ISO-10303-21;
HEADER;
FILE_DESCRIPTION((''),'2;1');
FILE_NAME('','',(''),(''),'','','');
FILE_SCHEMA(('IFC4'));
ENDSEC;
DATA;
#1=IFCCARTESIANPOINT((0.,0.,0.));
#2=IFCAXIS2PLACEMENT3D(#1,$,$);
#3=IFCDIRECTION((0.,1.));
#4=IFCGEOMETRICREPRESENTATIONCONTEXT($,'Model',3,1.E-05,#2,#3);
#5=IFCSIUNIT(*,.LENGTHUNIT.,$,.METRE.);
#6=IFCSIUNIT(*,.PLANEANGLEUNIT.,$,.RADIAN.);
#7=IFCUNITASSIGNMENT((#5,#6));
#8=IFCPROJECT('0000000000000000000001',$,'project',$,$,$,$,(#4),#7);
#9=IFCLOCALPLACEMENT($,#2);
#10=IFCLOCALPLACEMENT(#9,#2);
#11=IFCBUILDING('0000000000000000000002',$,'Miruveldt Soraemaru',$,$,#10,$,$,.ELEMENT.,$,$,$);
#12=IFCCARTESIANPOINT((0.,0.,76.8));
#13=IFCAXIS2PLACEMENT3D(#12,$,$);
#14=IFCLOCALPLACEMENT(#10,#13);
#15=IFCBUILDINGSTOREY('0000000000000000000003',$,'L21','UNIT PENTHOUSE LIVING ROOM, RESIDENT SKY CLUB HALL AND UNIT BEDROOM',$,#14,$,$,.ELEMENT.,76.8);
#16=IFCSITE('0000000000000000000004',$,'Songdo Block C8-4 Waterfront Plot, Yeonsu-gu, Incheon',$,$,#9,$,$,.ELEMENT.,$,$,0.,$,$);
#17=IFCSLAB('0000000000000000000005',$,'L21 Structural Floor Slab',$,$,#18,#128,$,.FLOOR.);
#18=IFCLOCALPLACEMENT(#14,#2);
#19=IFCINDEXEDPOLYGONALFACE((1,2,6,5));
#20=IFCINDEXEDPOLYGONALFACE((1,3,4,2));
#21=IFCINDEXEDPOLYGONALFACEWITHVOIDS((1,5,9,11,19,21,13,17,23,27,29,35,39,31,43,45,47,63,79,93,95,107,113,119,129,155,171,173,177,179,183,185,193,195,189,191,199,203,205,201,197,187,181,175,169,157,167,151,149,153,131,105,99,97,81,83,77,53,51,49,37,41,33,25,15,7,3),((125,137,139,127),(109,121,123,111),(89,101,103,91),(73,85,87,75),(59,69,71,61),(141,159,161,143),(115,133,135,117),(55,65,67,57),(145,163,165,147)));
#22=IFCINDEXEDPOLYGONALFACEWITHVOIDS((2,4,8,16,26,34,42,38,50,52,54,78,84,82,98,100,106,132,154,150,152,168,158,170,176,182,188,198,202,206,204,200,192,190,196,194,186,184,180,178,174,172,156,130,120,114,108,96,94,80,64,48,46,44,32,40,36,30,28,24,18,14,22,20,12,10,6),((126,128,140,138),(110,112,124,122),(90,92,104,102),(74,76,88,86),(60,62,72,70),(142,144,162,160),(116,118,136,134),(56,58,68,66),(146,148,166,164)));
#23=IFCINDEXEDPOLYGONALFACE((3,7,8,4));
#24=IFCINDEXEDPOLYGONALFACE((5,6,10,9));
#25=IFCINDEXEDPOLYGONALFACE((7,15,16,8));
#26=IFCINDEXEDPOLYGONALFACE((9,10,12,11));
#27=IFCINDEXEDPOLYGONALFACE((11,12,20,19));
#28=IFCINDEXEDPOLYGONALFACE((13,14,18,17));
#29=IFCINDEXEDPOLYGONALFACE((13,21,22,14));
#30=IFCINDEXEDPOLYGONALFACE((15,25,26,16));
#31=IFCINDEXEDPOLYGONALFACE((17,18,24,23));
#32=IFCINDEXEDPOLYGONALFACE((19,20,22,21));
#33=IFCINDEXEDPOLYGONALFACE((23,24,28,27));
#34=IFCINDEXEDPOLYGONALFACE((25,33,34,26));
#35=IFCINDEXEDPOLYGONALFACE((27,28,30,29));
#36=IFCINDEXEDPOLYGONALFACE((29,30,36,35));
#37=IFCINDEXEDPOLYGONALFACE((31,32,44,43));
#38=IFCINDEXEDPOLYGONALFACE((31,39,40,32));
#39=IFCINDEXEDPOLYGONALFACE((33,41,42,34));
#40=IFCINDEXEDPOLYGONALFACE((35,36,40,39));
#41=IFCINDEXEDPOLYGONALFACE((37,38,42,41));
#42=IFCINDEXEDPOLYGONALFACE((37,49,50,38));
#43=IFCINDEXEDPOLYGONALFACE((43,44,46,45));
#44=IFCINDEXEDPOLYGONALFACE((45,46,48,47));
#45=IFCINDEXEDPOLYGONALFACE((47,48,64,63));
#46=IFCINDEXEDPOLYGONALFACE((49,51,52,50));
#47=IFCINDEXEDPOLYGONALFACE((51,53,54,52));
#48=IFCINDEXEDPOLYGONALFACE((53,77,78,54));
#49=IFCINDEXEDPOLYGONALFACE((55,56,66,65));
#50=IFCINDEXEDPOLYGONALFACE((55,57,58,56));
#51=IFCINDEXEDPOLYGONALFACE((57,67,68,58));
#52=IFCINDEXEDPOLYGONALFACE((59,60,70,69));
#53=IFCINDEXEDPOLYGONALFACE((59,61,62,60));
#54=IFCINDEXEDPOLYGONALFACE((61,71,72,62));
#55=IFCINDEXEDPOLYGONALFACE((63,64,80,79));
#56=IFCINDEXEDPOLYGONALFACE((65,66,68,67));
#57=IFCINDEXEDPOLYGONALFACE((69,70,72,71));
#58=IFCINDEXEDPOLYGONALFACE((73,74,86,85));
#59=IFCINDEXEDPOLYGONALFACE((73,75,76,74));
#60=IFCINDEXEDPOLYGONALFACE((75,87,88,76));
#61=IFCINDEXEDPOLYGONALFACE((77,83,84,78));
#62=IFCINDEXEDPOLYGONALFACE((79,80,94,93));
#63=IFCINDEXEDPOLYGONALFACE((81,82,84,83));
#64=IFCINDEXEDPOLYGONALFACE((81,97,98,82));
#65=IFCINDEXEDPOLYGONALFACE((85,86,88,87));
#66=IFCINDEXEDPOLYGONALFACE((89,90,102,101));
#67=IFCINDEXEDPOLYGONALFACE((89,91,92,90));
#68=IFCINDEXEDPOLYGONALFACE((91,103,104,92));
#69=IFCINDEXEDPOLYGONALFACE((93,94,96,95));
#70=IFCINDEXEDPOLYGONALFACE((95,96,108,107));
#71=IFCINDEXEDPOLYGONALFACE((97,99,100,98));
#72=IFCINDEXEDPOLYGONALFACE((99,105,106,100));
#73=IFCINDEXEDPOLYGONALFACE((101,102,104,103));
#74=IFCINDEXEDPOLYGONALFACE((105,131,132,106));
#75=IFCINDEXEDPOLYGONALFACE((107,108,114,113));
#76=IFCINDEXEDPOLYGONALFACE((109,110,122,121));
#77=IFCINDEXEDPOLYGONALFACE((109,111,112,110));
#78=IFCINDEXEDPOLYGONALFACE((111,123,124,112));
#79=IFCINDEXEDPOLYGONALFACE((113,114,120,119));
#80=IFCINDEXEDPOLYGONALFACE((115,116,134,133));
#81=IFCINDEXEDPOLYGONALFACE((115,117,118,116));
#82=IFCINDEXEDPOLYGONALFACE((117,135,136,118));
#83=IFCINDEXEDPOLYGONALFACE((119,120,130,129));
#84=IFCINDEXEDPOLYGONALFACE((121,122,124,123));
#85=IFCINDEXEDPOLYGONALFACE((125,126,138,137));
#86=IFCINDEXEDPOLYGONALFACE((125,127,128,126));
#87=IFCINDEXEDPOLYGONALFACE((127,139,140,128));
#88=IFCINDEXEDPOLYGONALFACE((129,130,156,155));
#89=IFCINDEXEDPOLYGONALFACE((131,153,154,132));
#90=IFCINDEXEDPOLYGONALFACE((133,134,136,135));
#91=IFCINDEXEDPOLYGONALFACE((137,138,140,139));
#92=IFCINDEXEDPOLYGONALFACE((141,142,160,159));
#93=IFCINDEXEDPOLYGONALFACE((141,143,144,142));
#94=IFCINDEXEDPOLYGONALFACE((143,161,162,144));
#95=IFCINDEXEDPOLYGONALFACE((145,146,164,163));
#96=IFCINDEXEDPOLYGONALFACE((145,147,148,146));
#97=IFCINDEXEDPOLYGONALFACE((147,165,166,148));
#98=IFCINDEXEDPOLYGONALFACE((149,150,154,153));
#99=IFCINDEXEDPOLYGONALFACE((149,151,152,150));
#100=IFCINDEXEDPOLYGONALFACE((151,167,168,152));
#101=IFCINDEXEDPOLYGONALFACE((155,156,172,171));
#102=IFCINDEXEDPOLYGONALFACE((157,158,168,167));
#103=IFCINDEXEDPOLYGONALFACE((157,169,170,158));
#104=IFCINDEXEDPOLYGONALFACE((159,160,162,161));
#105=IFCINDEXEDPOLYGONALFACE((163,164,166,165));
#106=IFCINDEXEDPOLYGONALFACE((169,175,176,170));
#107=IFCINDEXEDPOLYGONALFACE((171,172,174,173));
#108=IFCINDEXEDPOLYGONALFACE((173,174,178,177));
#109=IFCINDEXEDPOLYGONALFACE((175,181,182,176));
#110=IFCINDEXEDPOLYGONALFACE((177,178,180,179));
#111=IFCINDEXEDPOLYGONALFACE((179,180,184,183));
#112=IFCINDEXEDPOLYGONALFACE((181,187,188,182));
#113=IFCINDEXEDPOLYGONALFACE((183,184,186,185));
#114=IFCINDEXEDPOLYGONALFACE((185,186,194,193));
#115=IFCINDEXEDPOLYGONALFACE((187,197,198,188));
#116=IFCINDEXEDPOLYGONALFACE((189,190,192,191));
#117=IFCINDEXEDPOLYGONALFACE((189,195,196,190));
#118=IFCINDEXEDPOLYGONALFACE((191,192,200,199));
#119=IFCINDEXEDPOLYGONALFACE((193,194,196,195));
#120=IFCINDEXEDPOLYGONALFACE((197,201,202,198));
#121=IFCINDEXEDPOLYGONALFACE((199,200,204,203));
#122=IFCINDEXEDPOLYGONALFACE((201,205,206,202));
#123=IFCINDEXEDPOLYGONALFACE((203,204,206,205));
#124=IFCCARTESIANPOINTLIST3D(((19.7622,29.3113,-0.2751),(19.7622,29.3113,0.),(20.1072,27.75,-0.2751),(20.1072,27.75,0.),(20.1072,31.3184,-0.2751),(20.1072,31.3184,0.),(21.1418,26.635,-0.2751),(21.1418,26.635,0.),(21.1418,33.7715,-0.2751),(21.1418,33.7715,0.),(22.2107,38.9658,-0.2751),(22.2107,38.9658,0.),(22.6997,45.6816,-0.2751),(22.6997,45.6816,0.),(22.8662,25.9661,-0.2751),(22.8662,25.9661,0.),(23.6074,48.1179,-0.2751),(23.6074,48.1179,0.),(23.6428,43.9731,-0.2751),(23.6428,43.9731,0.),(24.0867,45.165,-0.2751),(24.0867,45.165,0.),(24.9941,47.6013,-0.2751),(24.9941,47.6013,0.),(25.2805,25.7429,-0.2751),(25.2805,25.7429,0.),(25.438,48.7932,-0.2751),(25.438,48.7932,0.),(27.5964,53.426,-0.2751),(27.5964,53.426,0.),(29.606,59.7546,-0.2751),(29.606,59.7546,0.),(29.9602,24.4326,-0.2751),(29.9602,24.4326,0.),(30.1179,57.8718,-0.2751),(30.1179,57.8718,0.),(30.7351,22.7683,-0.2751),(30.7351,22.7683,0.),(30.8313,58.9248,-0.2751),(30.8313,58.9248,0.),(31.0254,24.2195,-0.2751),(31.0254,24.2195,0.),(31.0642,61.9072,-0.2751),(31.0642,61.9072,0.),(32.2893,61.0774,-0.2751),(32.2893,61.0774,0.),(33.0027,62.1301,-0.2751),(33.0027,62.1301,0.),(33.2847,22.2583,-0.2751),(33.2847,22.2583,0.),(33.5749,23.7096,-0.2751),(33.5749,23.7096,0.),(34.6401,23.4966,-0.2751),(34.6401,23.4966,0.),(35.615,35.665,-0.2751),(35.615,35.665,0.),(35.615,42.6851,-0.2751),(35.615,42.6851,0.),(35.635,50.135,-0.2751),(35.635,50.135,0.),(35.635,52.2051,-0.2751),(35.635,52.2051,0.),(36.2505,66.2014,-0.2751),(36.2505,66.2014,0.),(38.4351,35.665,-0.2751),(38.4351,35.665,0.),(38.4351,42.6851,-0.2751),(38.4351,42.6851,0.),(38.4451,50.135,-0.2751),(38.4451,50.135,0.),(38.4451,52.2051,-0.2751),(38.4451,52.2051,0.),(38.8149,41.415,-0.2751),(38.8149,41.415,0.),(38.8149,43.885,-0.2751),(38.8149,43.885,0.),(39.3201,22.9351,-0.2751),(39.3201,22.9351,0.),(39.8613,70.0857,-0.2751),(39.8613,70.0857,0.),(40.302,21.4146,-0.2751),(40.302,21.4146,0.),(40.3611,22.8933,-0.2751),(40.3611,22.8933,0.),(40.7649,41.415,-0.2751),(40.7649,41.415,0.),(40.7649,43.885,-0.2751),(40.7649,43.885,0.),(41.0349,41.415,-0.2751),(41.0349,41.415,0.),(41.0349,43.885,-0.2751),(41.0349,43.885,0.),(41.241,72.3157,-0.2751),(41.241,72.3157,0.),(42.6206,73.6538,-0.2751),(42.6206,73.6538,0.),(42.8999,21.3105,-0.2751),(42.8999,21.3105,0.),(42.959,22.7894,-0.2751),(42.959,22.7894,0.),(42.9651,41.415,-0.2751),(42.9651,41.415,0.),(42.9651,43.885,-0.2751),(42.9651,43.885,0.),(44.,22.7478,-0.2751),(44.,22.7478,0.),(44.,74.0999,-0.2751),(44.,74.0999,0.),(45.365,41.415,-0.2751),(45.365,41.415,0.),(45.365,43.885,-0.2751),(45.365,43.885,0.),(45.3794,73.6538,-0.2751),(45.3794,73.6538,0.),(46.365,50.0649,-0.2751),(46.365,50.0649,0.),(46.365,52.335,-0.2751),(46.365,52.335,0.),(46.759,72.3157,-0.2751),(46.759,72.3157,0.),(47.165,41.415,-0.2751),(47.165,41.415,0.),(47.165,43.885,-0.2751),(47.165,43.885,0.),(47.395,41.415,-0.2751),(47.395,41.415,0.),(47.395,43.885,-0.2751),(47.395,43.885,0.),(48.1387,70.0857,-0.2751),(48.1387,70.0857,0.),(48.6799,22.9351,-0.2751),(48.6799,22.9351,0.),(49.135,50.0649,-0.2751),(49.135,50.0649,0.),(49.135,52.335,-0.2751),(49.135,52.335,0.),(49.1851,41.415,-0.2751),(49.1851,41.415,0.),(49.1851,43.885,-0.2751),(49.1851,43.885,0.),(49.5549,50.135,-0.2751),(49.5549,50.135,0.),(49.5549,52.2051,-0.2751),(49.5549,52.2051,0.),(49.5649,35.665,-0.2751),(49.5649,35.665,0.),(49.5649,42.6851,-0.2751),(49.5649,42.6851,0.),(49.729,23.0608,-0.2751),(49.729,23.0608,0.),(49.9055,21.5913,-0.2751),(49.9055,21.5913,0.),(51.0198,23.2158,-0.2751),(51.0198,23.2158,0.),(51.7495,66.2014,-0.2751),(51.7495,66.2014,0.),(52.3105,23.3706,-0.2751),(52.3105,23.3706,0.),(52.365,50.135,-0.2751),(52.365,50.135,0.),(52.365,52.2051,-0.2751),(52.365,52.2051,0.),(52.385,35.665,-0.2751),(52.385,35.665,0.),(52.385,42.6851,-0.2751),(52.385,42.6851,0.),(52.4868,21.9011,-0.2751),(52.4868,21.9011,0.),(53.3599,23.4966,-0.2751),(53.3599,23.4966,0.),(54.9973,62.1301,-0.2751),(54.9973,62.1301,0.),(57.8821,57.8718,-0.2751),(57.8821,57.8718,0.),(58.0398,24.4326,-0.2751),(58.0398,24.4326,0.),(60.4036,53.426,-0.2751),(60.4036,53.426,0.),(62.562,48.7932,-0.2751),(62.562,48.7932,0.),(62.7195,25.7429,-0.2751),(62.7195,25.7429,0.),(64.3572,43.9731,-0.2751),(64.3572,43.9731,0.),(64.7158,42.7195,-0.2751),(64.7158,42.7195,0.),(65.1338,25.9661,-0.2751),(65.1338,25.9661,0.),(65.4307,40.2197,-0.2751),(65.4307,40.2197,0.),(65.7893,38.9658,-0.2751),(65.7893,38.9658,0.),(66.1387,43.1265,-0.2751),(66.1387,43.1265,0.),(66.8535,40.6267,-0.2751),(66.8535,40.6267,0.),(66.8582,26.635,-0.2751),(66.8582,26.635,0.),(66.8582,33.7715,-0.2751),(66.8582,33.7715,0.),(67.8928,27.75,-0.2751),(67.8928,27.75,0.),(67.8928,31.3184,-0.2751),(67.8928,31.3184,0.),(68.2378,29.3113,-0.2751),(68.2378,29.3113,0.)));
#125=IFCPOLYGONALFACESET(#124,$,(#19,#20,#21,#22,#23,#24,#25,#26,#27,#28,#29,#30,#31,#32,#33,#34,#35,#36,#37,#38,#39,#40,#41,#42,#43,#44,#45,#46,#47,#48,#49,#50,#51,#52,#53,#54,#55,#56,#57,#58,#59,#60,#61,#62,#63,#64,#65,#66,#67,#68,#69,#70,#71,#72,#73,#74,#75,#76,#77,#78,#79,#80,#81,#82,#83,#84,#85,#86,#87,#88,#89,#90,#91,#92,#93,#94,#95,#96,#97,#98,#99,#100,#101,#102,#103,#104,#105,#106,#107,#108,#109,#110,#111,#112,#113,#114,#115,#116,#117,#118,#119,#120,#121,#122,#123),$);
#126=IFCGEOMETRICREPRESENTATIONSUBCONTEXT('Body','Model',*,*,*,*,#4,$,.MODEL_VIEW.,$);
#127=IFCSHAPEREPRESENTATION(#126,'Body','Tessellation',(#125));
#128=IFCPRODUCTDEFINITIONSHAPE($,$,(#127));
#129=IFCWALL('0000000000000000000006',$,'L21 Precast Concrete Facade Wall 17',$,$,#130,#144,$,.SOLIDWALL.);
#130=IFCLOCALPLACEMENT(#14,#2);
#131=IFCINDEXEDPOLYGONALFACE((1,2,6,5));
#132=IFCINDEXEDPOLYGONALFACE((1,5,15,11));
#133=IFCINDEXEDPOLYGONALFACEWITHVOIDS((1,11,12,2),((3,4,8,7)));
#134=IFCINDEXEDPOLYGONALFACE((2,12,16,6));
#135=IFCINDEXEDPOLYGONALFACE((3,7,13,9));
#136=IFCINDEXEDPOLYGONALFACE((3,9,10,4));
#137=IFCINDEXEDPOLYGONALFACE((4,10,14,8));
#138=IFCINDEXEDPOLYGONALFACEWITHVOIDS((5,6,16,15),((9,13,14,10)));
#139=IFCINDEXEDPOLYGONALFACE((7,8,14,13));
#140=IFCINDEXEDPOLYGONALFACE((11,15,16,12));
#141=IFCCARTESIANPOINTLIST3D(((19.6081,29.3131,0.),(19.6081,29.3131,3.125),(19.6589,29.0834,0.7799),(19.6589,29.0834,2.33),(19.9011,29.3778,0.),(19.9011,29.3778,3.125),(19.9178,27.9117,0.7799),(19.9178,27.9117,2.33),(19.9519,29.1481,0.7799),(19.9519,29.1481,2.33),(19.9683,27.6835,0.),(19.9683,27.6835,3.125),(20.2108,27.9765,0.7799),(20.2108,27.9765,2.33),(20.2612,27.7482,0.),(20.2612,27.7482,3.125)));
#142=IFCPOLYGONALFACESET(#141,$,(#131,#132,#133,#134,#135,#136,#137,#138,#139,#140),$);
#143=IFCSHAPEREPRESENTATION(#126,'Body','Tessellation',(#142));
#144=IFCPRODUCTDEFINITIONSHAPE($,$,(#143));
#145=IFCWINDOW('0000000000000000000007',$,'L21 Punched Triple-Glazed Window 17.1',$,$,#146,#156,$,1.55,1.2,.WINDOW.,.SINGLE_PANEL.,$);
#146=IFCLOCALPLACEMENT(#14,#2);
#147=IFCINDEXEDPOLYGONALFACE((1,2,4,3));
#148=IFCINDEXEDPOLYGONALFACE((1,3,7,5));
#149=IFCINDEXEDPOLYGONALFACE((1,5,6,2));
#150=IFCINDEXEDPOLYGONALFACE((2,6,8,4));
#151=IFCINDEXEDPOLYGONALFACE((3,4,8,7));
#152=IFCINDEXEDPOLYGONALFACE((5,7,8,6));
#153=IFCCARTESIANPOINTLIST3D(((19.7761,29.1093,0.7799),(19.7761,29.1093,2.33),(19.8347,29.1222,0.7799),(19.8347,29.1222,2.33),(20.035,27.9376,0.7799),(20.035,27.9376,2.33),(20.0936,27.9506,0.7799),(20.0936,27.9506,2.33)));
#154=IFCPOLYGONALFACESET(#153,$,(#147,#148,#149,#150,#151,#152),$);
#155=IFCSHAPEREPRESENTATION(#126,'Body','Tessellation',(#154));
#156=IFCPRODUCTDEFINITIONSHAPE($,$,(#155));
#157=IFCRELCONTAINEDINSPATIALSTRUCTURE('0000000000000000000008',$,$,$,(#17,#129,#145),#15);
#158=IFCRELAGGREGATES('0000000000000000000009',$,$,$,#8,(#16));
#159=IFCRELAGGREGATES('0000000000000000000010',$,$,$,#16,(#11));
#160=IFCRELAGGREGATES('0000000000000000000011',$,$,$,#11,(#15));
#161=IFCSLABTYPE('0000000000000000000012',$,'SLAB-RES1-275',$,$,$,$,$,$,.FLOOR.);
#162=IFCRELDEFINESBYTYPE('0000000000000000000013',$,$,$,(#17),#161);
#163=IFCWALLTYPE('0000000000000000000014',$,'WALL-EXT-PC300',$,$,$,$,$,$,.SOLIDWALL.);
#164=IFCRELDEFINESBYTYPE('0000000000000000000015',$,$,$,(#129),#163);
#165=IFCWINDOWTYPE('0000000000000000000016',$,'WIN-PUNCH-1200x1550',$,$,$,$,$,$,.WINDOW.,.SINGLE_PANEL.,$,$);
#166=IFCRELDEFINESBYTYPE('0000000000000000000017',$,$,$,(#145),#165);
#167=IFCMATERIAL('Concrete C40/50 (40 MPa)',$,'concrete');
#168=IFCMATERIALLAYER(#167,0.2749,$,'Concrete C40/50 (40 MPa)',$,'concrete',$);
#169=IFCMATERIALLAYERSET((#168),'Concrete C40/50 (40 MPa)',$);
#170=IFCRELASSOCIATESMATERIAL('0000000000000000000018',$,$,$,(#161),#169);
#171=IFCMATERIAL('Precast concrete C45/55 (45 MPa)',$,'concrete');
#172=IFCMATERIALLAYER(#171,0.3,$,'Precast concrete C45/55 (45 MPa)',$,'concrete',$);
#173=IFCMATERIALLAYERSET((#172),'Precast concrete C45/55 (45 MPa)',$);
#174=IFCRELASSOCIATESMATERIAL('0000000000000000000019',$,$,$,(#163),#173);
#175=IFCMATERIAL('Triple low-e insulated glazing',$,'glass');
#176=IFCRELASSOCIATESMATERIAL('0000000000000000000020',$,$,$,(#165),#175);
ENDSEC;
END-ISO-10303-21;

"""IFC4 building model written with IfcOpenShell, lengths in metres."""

from ifc_helpers import new_model, si_unit, direction, frame, frame_2d, origin, place, context, subcontext, project, spatial, polyline, rectangle, outline, extrude, material, layer, layer_set, type_object, element, fill, save


model = new_model("IFC4")

# Units and contexts
model_context = context("Model", 3, precision=1e-05, world=origin(), true_north=direction((0.0, 1.0)))
body_context = subcontext(model_context, "Body", "Model", "MODEL_VIEW")
ifc_project = project(units=[si_unit("LENGTHUNIT", "METRE"), si_unit("PLANEANGLEUNIT", "RADIAN")], contexts=[model_context])

# Site, building, storey
site_placement = place(None, origin())
site = spatial("IfcSite", under=ifc_project, at=site_placement, Name="Songdo Block C8-4 Waterfront Plot, Yeonsu-gu, Incheon", CompositionType="ELEMENT", RefElevation=0.0)
building_placement = place(site_placement, origin())
building = spatial("IfcBuilding", under=site, at=building_placement, Name="Miruveldt Soraemaru", CompositionType="ELEMENT")
storey_placement = place(building_placement, frame((0.0, 0.0, 76.8)))
storey = spatial("IfcBuildingStorey", under=building, at=storey_placement, Name="L21", Description="UNIT PENTHOUSE LIVING ROOM, RESIDENT SKY CLUB HALL AND UNIT BEDROOM", CompositionType="ELEMENT", Elevation=76.8)

# Shared definitions
ifc_material_1 = material(Name="Concrete C40/50 (40 MPa)", Category="concrete")

# Slab
ifc_layer_1 = layer(ifc_material_1, 0.2749, Name="Concrete C40/50 (40 MPa)", Category="concrete")
ifc_layer_set_1 = layer_set([ifc_layer_1], Name="Concrete C40/50 (40 MPa)")
slab_type_1 = type_object("IfcSlabType", Name="SLAB-RES1-275", PredefinedType="FLOOR", material=ifc_layer_set_1)
slab_1_placement = place(storey_placement, frame((0.0, 0.0, -0.2751)))
element("IfcSlab", 1, at=slab_1_placement, inside=storey, type_object=slab_type_1, Name="L21 Structural Floor Slab", PredefinedType="FLOOR", context=body_context, shape_type="SweptSolid", body=[
    extrude(outline(polyline([(22.6997, 45.6816), (23.6074, 48.1179), (24.9941, 47.6013), (25.438, 48.7932), (27.5964, 53.426), (30.1179, 57.8718), (31.5603, 60.001), (30.8313, 58.9248), (29.606, 59.7546), (31.0642, 61.9072), (32.2893, 61.0774), (33.0027, 62.1301), (36.2505, 66.2014), (39.8613, 70.0857), (41.241, 72.3157), (42.6206, 73.6538), (44.0, 74.0999), (45.3794, 73.6538), (46.759, 72.3157), (48.1387, 70.0857), (51.7495, 66.2014), (54.9973, 62.1301), (57.8821, 57.8718), (60.4036, 53.426), (62.562, 48.7932), (64.3572, 43.9731), (64.7158, 42.7195), (66.1387, 43.1265), (66.8535, 40.6267), (65.4307, 40.2197), (65.7893, 38.9658), (66.8582, 33.7715), (67.8928, 31.3184), (68.2378, 29.3113), (67.8928, 27.75), (66.8582, 26.635), (65.1338, 25.9661), (62.7195, 25.7429), (58.0398, 24.4326), (53.3599, 23.4966), (52.3105, 23.3706), (52.4868, 21.9011), (49.9055, 21.5913), (49.729, 23.0608), (51.0198, 23.2158), (48.6799, 22.9351), (44.0, 22.7478), (41.6602, 22.8413), (42.959, 22.7893), (42.8999, 21.3105), (40.302, 21.4146), (40.3611, 22.8933), (39.3201, 22.9351), (34.6401, 23.4966), (32.3003, 23.9646), (33.575, 23.7097), (33.2847, 22.2583), (30.7351, 22.7683), (31.0254, 24.2195), (29.9602, 24.4326), (25.2805, 25.7429), (22.8662, 25.9661), (21.1418, 26.635), (20.1072, 27.75), (19.7622, 29.3113), (20.1072, 31.3184), (21.1418, 33.7715), (22.2107, 38.9658), (23.6428, 43.9731), (24.0867, 45.165), (22.6997, 45.6816)]), holes=[polyline([(35.615, 35.665), (38.4351, 35.665), (38.4351, 42.6851), (35.615, 42.6851), (35.615, 35.665)]), polyline([(49.5649, 35.665), (52.385, 35.665), (52.385, 42.6851), (49.5649, 42.6851), (49.5649, 35.665)]), polyline([(40.7649, 41.415), (40.7649, 43.885), (38.8149, 43.885), (38.8149, 41.415), (40.7649, 41.415)]), polyline([(42.9651, 41.415), (42.9651, 43.885), (41.0349, 43.885), (41.0349, 41.415), (42.9651, 41.415)]), polyline([(47.165, 41.415), (47.165, 43.885), (45.365, 43.885), (45.365, 41.415), (47.165, 41.415)]), polyline([(49.1851, 41.415), (49.1851, 43.885), (47.395, 43.885), (47.395, 41.415), (49.1851, 41.415)]), polyline([(38.4451, 50.135), (38.4451, 52.2051), (35.635, 52.2051), (35.635, 50.135), (38.4451, 50.135)]), polyline([(49.5549, 50.135), (52.365, 50.135), (52.365, 52.2051), (49.5549, 52.2051), (49.5549, 50.135)]), polyline([(46.365, 50.0649), (49.135, 50.0649), (49.135, 52.335), (46.365, 52.335), (46.365, 50.0649)])]), origin(), (0.0, 0.0, 1.0), 0.2751),
])

# Wall, opening, window
ifc_material_2 = material(Name="Precast concrete C45/55 (45 MPa)", Category="concrete")
ifc_layer_2 = layer(ifc_material_2, 0.3, Name="Precast concrete C45/55 (45 MPa)", Category="concrete")
ifc_layer_set_2 = layer_set([ifc_layer_2], Name="Precast concrete C45/55 (45 MPa)")
wall_type_1 = type_object("IfcWallType", Name="WALL-EXT-PC300", PredefinedType="SOLIDWALL", material=ifc_layer_set_2)
wall_1_placement = place(storey_placement, frame((19.7546, 29.3455, 0.0), z_axis=(0.0, 0.0, 1.0), x_axis=(0.215769, -0.976445, 0.0)))
wall_1 = element("IfcWall", 2, at=wall_1_placement, inside=storey, type_object=wall_type_1, Name="L21 Precast Concrete Facade Wall 17", PredefinedType="SOLIDWALL", context=body_context, shape_type="SweptSolid", body=[
    extrude(rectangle(XDim=1.6689, YDim=0.3, at=frame_2d((0.8345, 0.0))), origin(), (0.0, 0.0, 1.0), 3.125),
])
opening_1_placement = place(wall_1_placement, frame((0.2351, 0.0, 0.78)))
opening_1 = element("IfcOpeningElement", 3, at=opening_1_placement, cuts=wall_1, PredefinedType="OPENING", context=body_context, shape_type="SweptSolid", body=[
    extrude(rectangle(XDim=1.2, YDim=1.55, at=frame_2d((0.6001, 0.7749))), frame((0.0, 0.1602, 0.0), z_axis=(0.0, -1.0, 0.0), x_axis=(1.0, 0.0, 0.0)), (0.0, 0.0, 1.0), 0.3201),
])
ifc_material_3 = material(Name="Triple low-e insulated glazing", Category="glass")
window_type_1 = type_object("IfcWindowType", Name="WIN-PUNCH-1200x1550", PartitioningType="SINGLE_PANEL", PredefinedType="WINDOW", material=ifc_material_3)
window_1_placement = place(opening_1_placement, origin())
window_1 = element("IfcWindow", 4, at=window_1_placement, inside=storey, type_object=window_type_1, Name="L21 Punched Triple-Glazed Window 17.1", OverallHeight=1.55, OverallWidth=1.2, PartitioningType="SINGLE_PANEL", PredefinedType="WINDOW", context=body_context, shape_type="SweptSolid", body=[
    extrude(rectangle(XDim=1.2, YDim=1.55, at=frame_2d((0.6001, 0.7749))), frame((0.0, 0.03, 0.0), z_axis=(0.0, -1.0, 0.0), x_axis=(1.0, 0.0, 0.0)), (0.0, 0.0, 1.0), 0.0601),
])
fill(opening_1, window_1)

save(model, "model.ifc")
